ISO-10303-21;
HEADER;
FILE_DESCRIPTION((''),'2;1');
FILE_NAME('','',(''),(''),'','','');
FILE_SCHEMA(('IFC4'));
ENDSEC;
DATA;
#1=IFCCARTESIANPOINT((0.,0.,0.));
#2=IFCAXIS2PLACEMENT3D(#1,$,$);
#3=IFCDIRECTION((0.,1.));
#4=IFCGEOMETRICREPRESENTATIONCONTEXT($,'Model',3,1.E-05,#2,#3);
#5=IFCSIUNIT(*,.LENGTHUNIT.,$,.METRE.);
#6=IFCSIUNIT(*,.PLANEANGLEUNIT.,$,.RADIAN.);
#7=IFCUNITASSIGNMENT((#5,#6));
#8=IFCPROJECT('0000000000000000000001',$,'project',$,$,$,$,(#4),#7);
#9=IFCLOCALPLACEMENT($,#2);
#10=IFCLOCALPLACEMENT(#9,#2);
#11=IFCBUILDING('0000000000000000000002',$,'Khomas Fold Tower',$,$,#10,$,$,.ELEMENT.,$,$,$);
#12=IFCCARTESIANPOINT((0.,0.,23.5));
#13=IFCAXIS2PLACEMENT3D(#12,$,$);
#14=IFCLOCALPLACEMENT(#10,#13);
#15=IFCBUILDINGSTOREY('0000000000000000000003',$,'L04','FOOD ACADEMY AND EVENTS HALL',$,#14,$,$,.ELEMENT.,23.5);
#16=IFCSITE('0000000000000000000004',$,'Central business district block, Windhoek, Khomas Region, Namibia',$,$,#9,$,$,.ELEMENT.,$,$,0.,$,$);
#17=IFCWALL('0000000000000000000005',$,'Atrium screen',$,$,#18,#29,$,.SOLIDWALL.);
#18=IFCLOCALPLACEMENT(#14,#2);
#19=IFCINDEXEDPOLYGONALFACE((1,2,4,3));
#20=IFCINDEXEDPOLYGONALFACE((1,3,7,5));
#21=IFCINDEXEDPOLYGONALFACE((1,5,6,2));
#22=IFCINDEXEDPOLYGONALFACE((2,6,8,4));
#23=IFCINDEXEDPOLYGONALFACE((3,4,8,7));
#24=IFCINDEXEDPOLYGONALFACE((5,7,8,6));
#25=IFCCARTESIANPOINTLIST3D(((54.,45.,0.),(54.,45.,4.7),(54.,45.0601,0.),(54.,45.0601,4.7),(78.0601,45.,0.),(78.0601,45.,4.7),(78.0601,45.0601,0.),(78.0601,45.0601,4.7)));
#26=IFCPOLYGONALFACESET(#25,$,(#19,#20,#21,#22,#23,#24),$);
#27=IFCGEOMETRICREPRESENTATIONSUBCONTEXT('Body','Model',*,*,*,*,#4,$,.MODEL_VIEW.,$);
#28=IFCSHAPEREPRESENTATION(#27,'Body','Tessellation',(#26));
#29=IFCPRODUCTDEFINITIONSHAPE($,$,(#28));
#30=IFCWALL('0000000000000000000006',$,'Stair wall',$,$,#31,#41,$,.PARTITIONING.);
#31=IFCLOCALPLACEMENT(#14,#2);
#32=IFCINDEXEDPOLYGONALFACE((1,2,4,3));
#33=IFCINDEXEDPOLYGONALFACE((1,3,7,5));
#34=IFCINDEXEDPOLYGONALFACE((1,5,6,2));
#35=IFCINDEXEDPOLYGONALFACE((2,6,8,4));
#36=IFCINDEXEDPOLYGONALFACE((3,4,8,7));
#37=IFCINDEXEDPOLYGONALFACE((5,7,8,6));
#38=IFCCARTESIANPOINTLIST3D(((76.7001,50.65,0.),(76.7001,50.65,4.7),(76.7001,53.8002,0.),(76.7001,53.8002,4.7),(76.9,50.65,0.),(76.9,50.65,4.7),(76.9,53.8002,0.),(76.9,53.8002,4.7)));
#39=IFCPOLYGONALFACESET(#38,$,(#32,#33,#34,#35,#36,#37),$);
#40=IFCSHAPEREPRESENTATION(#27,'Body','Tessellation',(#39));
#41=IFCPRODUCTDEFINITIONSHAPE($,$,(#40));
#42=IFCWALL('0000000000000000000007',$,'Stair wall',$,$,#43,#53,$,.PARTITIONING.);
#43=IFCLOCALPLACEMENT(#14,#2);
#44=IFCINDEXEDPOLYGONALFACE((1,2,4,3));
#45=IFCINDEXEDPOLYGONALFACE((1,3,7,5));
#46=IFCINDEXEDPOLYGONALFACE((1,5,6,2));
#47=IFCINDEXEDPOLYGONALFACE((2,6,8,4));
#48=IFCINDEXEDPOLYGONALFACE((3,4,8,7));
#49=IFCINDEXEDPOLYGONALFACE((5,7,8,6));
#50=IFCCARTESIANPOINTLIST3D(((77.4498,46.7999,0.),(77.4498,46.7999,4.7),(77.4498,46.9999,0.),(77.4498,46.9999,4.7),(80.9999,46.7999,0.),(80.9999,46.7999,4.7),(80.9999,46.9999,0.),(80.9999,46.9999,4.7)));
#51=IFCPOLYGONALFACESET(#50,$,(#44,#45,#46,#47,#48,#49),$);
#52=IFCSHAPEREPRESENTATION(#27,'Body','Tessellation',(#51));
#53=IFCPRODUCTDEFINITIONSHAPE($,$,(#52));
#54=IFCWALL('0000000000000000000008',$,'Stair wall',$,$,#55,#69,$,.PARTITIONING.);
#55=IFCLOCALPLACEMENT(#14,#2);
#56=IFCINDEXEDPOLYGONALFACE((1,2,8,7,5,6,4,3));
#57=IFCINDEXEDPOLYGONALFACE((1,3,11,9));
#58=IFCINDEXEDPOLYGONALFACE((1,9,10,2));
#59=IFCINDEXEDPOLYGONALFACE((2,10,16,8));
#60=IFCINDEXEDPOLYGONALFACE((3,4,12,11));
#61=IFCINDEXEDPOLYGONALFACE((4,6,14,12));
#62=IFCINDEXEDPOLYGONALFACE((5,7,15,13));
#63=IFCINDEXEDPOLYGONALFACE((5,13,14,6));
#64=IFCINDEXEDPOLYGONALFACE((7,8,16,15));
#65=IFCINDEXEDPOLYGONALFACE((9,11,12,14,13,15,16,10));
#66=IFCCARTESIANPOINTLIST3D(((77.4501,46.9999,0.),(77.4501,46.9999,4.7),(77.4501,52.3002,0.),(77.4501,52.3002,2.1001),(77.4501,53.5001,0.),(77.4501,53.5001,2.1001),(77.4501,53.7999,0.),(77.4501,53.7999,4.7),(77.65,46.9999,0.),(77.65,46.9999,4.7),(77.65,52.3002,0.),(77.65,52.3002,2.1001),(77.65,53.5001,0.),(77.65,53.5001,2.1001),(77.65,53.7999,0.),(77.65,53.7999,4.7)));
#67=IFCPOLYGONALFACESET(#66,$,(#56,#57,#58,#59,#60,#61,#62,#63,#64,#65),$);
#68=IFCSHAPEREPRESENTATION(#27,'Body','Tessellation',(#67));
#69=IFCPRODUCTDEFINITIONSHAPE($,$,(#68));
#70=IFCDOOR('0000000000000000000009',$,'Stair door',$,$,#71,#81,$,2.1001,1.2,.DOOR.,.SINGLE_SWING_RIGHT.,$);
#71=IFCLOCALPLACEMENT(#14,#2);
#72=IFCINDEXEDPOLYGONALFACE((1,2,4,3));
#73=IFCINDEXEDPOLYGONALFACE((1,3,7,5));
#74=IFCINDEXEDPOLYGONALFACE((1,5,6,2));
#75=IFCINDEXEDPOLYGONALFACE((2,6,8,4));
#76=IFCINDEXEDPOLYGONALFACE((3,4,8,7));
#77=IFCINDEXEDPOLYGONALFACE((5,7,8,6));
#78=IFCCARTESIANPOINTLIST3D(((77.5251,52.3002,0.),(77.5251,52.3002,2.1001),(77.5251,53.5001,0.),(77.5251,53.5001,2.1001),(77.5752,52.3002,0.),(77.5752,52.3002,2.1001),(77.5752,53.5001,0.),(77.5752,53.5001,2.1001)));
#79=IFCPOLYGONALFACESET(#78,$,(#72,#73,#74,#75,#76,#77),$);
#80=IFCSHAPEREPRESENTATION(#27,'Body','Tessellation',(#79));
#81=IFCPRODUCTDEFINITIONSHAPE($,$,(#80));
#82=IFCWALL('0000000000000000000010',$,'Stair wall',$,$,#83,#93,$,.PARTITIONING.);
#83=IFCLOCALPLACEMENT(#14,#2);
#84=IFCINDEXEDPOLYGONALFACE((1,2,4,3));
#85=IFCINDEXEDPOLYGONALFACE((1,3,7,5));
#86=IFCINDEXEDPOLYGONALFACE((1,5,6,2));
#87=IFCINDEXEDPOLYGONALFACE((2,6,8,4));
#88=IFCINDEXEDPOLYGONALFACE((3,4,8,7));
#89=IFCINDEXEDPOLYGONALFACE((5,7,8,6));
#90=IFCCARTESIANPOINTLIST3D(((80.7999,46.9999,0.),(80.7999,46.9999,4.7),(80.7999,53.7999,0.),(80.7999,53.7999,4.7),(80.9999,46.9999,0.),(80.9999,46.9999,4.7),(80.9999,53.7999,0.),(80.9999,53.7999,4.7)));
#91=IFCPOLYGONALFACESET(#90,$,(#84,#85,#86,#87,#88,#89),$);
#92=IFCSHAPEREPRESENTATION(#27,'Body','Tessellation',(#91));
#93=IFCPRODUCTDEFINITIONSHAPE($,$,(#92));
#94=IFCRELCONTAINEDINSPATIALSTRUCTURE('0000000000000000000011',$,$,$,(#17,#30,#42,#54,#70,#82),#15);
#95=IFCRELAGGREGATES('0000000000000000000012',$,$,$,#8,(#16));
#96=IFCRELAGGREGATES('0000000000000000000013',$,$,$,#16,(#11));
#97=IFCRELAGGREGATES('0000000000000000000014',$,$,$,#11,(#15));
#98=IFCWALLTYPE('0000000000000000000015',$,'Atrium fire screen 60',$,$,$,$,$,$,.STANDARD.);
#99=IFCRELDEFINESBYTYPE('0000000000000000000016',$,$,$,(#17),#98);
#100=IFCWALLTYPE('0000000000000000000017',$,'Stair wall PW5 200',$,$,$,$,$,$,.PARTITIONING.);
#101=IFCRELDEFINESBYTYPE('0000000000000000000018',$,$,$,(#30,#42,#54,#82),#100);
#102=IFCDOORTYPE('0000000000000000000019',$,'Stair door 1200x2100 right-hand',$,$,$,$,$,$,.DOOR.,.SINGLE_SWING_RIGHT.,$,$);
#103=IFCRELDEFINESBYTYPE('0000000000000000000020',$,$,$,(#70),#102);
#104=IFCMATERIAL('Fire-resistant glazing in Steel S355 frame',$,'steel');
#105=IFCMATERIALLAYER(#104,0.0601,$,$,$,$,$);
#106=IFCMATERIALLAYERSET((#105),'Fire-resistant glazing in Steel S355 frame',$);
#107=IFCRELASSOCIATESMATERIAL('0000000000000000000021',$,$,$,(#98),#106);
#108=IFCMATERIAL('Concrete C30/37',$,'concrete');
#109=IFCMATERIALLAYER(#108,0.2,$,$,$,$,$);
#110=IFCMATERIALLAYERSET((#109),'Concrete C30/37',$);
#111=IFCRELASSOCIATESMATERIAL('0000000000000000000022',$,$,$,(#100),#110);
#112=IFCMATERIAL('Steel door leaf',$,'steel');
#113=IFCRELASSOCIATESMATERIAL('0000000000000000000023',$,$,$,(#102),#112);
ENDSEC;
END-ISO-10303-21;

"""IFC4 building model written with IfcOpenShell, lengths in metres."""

from ifc_helpers import new_model, si_unit, direction, frame, frame_2d, origin, place, context, subcontext, project, spatial, rectangle, extrude, source, transform, mapped, material, layer, layer_set, type_object, element, fill, save


model = new_model("IFC4")

# Units and contexts
model_context = context("Model", 3, precision=1e-05, world=origin(), true_north=direction((0.0, 1.0)))
body_context = subcontext(model_context, "Body", "Model", "MODEL_VIEW")
ifc_project = project(units=[si_unit("LENGTHUNIT", "METRE"), si_unit("PLANEANGLEUNIT", "RADIAN")], contexts=[model_context])

# Site, building, storey
site_placement = place(None, origin())
site = spatial("IfcSite", under=ifc_project, at=site_placement, Name="Central business district block, Windhoek, Khomas Region, Namibia", CompositionType="ELEMENT", RefElevation=0.0)
building_placement = place(site_placement, origin())
building = spatial("IfcBuilding", under=site, at=building_placement, Name="Khomas Fold Tower", CompositionType="ELEMENT")
storey_placement = place(building_placement, frame((0.0, 0.0, 23.5)))
storey = spatial("IfcBuildingStorey", under=building, at=storey_placement, Name="L04", Description="FOOD ACADEMY AND EVENTS HALL", CompositionType="ELEMENT", Elevation=23.5)

# Walls
ifc_material_1 = material(Name="Fire-resistant glazing in Steel S355 frame", Category="steel")
ifc_layer_1 = layer(ifc_material_1, 0.0601)
ifc_layer_set_1 = layer_set([ifc_layer_1], Name="Fire-resistant glazing in Steel S355 frame")
wall_type_1 = type_object("IfcWallType", Name="Atrium fire screen 60", PredefinedType="STANDARD", material=ifc_layer_set_1)
shared_shape_1 = source(origin(), body_context, "Body", "SweptSolid", [
    extrude(rectangle(XDim=24.0601, YDim=0.0601, at=frame_2d((12.03, 0.0))), origin(), (0.0, 0.0, 1.0), 4.7),
])
wall_1_placement = place(storey_placement, frame((78.0601, 45.03, 0.0), z_axis=(0.0, 0.0, 1.0), x_axis=(-1.0, 0.0, 0.0)))
element("IfcWall", 1, at=wall_1_placement, inside=storey, type_object=wall_type_1, Name="Atrium screen", PredefinedType="SOLIDWALL", context=body_context, shape_type="MappedRepresentation", body=[
    mapped(shared_shape_1, transform((0.0, 0.0, 0.0))),
])
ifc_material_2 = material(Name="Concrete C30/37", Category="concrete")
ifc_layer_2 = layer(ifc_material_2, 0.2)
ifc_layer_set_2 = layer_set([ifc_layer_2], Name="Concrete C30/37")
wall_type_2 = type_object("IfcWallType", Name="Stair wall PW5 200", PredefinedType="PARTITIONING", material=ifc_layer_set_2)
shared_shape_2 = source(origin(), body_context, "Body", "SweptSolid", [
    extrude(rectangle(XDim=3.1501, YDim=0.2, at=frame_2d((1.5752, 0.0))), origin(), (0.0, 0.0, 1.0), 4.7),
])
wall_2_placement = place(storey_placement, frame((76.8, 50.6499, 0.0), z_axis=(0.0, 0.0, 1.0), x_axis=(0.0, 1.0, 0.0)))
element("IfcWall", 2, at=wall_2_placement, inside=storey, type_object=wall_type_2, Name="Stair wall", PredefinedType="PARTITIONING", context=body_context, shape_type="MappedRepresentation", body=[
    mapped(shared_shape_2, transform((0.0, 0.0, 0.0))),
])
shared_shape_3 = source(origin(), body_context, "Body", "SweptSolid", [
    extrude(rectangle(XDim=3.55, YDim=0.2, at=frame_2d((1.7749, 0.0))), origin(), (0.0, 0.0, 1.0), 4.7),
])
wall_3_placement = place(storey_placement, frame((77.45, 46.8999, 0.0), z_axis=(0.0, 0.0, 1.0), x_axis=(1.0, 0.0, 0.0)))
element("IfcWall", 3, at=wall_3_placement, inside=storey, type_object=wall_type_2, Name="Stair wall", PredefinedType="PARTITIONING", context=body_context, shape_type="MappedRepresentation", body=[
    mapped(shared_shape_3, transform((0.0, 0.0, 0.0))),
])

# Wall, opening, door
shared_shape_4 = source(origin(), body_context, "Body", "SweptSolid", [
    extrude(rectangle(XDim=6.8, YDim=0.2, at=frame_2d((3.3999, 0.0))), origin(), (0.0, 0.0, 1.0), 4.7),
])
wall_4_placement = place(storey_placement, frame((77.55, 47.0, 0.0), z_axis=(0.0, 0.0, 1.0), x_axis=(0.0, 1.0, 0.0)))
wall_4 = element("IfcWall", 4, at=wall_4_placement, inside=storey, type_object=wall_type_2, Name="Stair wall", PredefinedType="PARTITIONING", context=body_context, shape_type="MappedRepresentation", body=[
    mapped(shared_shape_4, transform((0.0, 0.0, 0.0))),
])
shared_shape_5 = source(origin(), body_context, "Body", "SweptSolid", [
    extrude(rectangle(XDim=1.2, YDim=2.1001, at=frame_2d((0.6001, 1.05))), frame((0.0, 0.1099, 0.0), z_axis=(0.0, -1.0, 0.0), x_axis=(1.0, 0.0, 0.0)), (0.0, 0.0, 1.0), 0.22),
])
opening_placement = place(wall_4_placement, frame((5.3, 0.0, 0.0)))
opening = element("IfcOpeningElement", 5, at=opening_placement, cuts=wall_4, PredefinedType="OPENING", context=body_context, shape_type="MappedRepresentation", body=[
    mapped(shared_shape_5, transform((0.0, 0.0, 0.0))),
])
ifc_material_3 = material(Name="Steel door leaf", Category="steel")
door_type = type_object("IfcDoorType", Name="Stair door 1200x2100 right-hand", OperationType="SINGLE_SWING_RIGHT", PredefinedType="DOOR", material=ifc_material_3)
shared_shape_6 = source(origin(), body_context, "Body", "SweptSolid", [
    extrude(rectangle(XDim=1.2, YDim=2.1001, at=frame_2d((0.6001, 1.05))), frame((0.0, 0.0249, 0.0), z_axis=(0.0, -1.0, 0.0), x_axis=(1.0, 0.0, 0.0)), (0.0, 0.0, 1.0), 0.05),
])
door_placement = place(opening_placement, origin())
door = element("IfcDoor", 6, at=door_placement, inside=storey, type_object=door_type, Name="Stair door", OperationType="SINGLE_SWING_RIGHT", OverallHeight=2.1001, OverallWidth=1.2, PredefinedType="DOOR", context=body_context, shape_type="MappedRepresentation", body=[
    mapped(shared_shape_6, transform((0.0, 0.0, 0.0))),
])
fill(opening, door)

# Wall
wall_5_placement = place(storey_placement, frame((80.8999, 47.0, 0.0), z_axis=(0.0, 0.0, 1.0), x_axis=(0.0, 1.0, 0.0)))
element("IfcWall", 7, at=wall_5_placement, inside=storey, type_object=wall_type_2, Name="Stair wall", PredefinedType="PARTITIONING", context=body_context, shape_type="MappedRepresentation", body=[
    mapped(shared_shape_4, transform((0.0, 0.0, 0.0))),
])

save(model, "model.ifc")
